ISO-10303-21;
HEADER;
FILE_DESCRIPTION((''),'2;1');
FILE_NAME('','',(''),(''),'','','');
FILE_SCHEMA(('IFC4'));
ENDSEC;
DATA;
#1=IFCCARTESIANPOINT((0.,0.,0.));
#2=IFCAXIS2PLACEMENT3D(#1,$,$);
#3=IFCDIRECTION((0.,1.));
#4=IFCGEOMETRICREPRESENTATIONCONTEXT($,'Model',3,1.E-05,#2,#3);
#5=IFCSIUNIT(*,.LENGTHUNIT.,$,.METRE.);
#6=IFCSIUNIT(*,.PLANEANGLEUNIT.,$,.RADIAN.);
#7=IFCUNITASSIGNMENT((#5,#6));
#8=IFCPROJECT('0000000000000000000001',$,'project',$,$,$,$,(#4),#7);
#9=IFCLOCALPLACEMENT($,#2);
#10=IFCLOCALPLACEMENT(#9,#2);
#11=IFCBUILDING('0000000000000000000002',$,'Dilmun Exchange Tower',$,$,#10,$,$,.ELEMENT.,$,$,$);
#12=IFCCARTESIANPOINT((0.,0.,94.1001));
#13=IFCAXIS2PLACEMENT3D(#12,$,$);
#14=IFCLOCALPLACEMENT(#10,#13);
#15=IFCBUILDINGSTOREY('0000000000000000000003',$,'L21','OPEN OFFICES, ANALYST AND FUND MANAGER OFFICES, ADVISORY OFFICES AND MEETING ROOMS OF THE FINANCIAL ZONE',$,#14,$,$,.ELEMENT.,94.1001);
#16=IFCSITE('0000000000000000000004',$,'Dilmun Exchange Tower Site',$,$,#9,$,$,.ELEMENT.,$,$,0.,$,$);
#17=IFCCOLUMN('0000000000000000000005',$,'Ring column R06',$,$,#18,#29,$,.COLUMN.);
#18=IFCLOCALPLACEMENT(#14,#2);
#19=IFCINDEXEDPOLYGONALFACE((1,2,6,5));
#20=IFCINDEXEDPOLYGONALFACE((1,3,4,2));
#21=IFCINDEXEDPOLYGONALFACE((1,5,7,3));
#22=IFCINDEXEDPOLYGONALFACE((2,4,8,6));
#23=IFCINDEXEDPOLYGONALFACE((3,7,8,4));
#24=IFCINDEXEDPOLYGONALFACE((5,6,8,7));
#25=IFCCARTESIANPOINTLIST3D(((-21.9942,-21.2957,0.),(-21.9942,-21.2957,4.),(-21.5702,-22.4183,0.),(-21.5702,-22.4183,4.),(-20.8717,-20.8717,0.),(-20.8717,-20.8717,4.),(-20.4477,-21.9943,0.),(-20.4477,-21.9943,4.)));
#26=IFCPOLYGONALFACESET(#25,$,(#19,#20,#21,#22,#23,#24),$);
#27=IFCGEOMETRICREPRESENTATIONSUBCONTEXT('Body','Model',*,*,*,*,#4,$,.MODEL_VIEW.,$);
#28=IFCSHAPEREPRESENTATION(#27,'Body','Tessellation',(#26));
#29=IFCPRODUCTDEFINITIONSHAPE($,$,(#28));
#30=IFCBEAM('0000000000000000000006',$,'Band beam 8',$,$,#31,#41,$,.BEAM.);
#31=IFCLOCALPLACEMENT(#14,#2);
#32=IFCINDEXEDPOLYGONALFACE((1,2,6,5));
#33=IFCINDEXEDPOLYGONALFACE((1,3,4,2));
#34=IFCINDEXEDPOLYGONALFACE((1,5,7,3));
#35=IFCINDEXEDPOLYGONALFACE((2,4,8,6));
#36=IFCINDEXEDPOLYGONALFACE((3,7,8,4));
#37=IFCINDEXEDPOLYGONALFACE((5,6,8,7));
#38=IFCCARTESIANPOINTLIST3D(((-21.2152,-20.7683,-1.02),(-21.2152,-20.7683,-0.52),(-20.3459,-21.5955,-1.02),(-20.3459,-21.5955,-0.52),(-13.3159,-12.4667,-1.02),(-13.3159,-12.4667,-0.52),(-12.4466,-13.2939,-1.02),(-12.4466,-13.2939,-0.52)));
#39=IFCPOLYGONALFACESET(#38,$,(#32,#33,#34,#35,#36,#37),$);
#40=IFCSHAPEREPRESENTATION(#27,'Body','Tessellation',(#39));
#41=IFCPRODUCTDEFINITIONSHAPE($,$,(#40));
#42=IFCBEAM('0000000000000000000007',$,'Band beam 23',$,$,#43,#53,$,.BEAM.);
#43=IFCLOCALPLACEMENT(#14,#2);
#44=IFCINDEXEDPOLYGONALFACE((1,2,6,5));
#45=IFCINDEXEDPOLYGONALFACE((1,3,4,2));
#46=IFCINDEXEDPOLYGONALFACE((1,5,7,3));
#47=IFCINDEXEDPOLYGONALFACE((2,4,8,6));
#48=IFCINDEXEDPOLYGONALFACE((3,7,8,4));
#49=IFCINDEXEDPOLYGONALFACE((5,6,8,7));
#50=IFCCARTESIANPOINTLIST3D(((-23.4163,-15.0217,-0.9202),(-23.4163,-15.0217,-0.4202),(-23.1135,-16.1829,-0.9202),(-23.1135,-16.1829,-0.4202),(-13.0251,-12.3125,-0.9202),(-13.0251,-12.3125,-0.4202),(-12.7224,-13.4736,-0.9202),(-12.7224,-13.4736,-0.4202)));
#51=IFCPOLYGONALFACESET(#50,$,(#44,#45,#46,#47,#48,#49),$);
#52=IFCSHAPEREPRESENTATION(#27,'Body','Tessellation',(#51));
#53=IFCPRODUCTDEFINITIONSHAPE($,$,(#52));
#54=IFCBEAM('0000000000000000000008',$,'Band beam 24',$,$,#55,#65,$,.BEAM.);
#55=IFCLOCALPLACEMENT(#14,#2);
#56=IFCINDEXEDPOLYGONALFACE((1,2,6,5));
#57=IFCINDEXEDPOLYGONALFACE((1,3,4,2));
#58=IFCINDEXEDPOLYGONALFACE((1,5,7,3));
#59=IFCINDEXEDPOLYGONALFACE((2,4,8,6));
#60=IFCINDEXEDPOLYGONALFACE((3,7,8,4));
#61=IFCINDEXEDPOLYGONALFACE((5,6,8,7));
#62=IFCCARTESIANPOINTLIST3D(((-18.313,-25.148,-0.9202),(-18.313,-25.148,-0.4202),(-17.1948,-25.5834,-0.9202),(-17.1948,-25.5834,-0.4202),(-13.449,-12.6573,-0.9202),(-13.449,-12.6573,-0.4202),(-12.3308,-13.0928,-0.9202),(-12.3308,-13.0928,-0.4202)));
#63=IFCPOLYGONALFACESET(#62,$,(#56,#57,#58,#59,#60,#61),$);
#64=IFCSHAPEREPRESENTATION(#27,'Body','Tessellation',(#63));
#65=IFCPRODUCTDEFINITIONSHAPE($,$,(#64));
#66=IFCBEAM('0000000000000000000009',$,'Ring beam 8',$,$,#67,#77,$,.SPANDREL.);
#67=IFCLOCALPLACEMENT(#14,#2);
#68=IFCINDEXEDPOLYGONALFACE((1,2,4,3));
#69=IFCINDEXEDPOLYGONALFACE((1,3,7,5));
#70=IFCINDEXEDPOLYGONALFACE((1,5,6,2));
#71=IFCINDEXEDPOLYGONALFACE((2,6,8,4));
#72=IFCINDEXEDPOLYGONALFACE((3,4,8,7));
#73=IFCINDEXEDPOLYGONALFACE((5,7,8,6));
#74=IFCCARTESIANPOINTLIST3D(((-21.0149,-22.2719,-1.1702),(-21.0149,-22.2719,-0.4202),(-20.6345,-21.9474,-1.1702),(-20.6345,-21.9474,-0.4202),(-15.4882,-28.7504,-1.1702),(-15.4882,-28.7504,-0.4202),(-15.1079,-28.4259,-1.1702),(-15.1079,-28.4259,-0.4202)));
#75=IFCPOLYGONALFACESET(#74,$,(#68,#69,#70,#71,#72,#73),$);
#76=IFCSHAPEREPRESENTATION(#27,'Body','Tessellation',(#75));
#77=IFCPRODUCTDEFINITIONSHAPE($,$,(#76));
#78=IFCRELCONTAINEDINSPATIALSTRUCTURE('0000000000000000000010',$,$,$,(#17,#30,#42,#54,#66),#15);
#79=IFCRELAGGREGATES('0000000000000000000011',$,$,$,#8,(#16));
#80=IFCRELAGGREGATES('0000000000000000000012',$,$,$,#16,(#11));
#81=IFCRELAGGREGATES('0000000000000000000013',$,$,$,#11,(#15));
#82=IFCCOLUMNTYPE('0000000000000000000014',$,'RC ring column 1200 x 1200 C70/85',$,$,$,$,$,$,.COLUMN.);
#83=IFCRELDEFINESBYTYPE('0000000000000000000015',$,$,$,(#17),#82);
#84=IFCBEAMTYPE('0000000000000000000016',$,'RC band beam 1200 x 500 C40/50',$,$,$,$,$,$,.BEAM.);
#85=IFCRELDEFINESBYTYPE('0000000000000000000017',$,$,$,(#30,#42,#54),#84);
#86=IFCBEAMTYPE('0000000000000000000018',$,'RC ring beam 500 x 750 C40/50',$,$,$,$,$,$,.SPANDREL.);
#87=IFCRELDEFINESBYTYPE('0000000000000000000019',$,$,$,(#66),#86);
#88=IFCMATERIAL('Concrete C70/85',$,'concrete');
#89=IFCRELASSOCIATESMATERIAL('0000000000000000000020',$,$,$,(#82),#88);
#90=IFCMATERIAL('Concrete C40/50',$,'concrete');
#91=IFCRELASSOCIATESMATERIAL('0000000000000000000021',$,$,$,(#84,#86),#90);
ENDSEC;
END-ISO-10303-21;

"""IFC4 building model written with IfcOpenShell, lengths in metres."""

from ifc_helpers import new_model, si_unit, direction, frame, origin, origin_2d, place, context, subcontext, project, spatial, rectangle, extrude, material, material_profile, profile_set, type_object, element, save


model = new_model("IFC4")

# Units and contexts
model_context = context("Model", 3, precision=1e-05, world=origin(), true_north=direction((0.0, 1.0)))
body_context = subcontext(model_context, "Body", "Model", "MODEL_VIEW")
ifc_project = project(units=[si_unit("LENGTHUNIT", "METRE"), si_unit("PLANEANGLEUNIT", "RADIAN")], contexts=[model_context])

# Site, building, storey
site_placement = place(None, origin())
site = spatial("IfcSite", under=ifc_project, at=site_placement, Name="Dilmun Exchange Tower Site", CompositionType="ELEMENT", RefElevation=0.0)
building_placement = place(site_placement, origin())
building = spatial("IfcBuilding", under=site, at=building_placement, Name="Dilmun Exchange Tower", CompositionType="ELEMENT")
storey_placement = place(building_placement, frame((0.0, 0.0, 94.1001)))
storey = spatial("IfcBuildingStorey", under=building, at=storey_placement, Name="L21", Description="OPEN OFFICES, ANALYST AND FUND MANAGER OFFICES, ADVISORY OFFICES AND MEETING ROOMS OF THE FINANCIAL ZONE", CompositionType="ELEMENT", Elevation=94.1001)

# Column
ifc_material_1 = material(Name="Concrete C70/85", Category="concrete")
ifc_material_profile_1 = material_profile(ifc_material_1, rectangle(XDim=1.2, YDim=1.2, at=origin_2d()), Name="1200 x 1200")
ifc_profile_set_1 = profile_set([ifc_material_profile_1], Name="Concrete C70/85")
column_type = type_object("IfcColumnType", Name="RC ring column 1200 x 1200 C70/85", PredefinedType="COLUMN", material=ifc_profile_set_1)
column_placement = place(storey_placement, frame((-21.2209, -21.645, 0.0), z_axis=(0.0, 0.0, 1.0), x_axis=(0.935492, 0.353349, 0.0)))
element("IfcColumn", 1, at=column_placement, inside=storey, type_object=column_type, Name="Ring column R06", PredefinedType="COLUMN", context=body_context, shape_type="SweptSolid", body=[
    extrude(rectangle(XDim=1.2, YDim=1.2, at=origin_2d()), origin(), (0.0, 0.0, 1.0), 4.0),
])

# Beams
ifc_material_2 = material(Name="Concrete C40/50", Category="concrete")
ifc_material_profile_2 = material_profile(ifc_material_2, rectangle(XDim=1.2, YDim=0.5, at=origin_2d()), Name="1200 x 500")
ifc_profile_set_2 = profile_set([ifc_material_profile_2], Name="Concrete C40/50")
beam_type_1 = type_object("IfcBeamType", Name="RC band beam 1200 x 500 C40/50", PredefinedType="BEAM", material=ifc_profile_set_2)
beam_1_placement = place(storey_placement, frame((-20.7805, -21.1819, -0.77), z_axis=(0.689333, 0.724444, 0.0), x_axis=(-0.724444, 0.689333, 0.0)))
element("IfcBeam", 2, at=beam_1_placement, inside=storey, type_object=beam_type_1, Name="Band beam 8", PredefinedType="BEAM", context=body_context, shape_type="SweptSolid", body=[
    extrude(rectangle(XDim=1.2, YDim=0.5, at=origin_2d()), origin(), (0.0, 0.0, 1.0), 11.4592),
])
beam_2_placement = place(storey_placement, frame((-23.2649, -15.6023, -0.6702), z_axis=(0.967651, 0.252291, 0.0), x_axis=(-0.252291, 0.967651, 0.0)))
element("IfcBeam", 3, at=beam_2_placement, inside=storey, type_object=beam_type_1, Name="Band beam 23", PredefinedType="BEAM", context=body_context, shape_type="SweptSolid", body=[
    extrude(rectangle(XDim=1.2, YDim=0.5, at=origin_2d()), origin(), (0.0, 0.0, 1.0), 10.7385),
])
beam_3_placement = place(storey_placement, frame((-17.7539, -25.3657, -0.6702), z_axis=(0.362868, 0.931841, 0.0), x_axis=(-0.931841, 0.362868, 0.0)))
element("IfcBeam", 4, at=beam_3_placement, inside=storey, type_object=beam_type_1, Name="Band beam 24", PredefinedType="BEAM", context=body_context, shape_type="SweptSolid", body=[
    extrude(rectangle(XDim=1.2, YDim=0.5, at=origin_2d()), origin(), (0.0, 0.0, 1.0), 13.4043),
])
ifc_material_profile_3 = material_profile(ifc_material_2, rectangle(XDim=0.5, YDim=0.75, at=origin_2d()), Name="500 x 750")
ifc_profile_set_3 = profile_set([ifc_material_profile_3], Name="Concrete C40/50")
beam_type_2 = type_object("IfcBeamType", Name="RC ring beam 500 x 750 C40/50", PredefinedType="SPANDREL", material=ifc_profile_set_3)
beam_4_placement = place(storey_placement, frame((-20.8247, -22.1096, -0.7952), z_axis=(0.649002, -0.760786, 0.0), x_axis=(0.760786, 0.649002, 0.0)))
element("IfcBeam", 5, at=beam_4_placement, inside=storey, type_object=beam_type_2, Name="Ring beam 8", PredefinedType="SPANDREL", context=body_context, shape_type="SweptSolid", body=[
    extrude(rectangle(XDim=0.5, YDim=0.75, at=origin_2d()), origin(), (0.0, 0.0, 1.0), 8.5156),
])

save(model, "model.ifc")
